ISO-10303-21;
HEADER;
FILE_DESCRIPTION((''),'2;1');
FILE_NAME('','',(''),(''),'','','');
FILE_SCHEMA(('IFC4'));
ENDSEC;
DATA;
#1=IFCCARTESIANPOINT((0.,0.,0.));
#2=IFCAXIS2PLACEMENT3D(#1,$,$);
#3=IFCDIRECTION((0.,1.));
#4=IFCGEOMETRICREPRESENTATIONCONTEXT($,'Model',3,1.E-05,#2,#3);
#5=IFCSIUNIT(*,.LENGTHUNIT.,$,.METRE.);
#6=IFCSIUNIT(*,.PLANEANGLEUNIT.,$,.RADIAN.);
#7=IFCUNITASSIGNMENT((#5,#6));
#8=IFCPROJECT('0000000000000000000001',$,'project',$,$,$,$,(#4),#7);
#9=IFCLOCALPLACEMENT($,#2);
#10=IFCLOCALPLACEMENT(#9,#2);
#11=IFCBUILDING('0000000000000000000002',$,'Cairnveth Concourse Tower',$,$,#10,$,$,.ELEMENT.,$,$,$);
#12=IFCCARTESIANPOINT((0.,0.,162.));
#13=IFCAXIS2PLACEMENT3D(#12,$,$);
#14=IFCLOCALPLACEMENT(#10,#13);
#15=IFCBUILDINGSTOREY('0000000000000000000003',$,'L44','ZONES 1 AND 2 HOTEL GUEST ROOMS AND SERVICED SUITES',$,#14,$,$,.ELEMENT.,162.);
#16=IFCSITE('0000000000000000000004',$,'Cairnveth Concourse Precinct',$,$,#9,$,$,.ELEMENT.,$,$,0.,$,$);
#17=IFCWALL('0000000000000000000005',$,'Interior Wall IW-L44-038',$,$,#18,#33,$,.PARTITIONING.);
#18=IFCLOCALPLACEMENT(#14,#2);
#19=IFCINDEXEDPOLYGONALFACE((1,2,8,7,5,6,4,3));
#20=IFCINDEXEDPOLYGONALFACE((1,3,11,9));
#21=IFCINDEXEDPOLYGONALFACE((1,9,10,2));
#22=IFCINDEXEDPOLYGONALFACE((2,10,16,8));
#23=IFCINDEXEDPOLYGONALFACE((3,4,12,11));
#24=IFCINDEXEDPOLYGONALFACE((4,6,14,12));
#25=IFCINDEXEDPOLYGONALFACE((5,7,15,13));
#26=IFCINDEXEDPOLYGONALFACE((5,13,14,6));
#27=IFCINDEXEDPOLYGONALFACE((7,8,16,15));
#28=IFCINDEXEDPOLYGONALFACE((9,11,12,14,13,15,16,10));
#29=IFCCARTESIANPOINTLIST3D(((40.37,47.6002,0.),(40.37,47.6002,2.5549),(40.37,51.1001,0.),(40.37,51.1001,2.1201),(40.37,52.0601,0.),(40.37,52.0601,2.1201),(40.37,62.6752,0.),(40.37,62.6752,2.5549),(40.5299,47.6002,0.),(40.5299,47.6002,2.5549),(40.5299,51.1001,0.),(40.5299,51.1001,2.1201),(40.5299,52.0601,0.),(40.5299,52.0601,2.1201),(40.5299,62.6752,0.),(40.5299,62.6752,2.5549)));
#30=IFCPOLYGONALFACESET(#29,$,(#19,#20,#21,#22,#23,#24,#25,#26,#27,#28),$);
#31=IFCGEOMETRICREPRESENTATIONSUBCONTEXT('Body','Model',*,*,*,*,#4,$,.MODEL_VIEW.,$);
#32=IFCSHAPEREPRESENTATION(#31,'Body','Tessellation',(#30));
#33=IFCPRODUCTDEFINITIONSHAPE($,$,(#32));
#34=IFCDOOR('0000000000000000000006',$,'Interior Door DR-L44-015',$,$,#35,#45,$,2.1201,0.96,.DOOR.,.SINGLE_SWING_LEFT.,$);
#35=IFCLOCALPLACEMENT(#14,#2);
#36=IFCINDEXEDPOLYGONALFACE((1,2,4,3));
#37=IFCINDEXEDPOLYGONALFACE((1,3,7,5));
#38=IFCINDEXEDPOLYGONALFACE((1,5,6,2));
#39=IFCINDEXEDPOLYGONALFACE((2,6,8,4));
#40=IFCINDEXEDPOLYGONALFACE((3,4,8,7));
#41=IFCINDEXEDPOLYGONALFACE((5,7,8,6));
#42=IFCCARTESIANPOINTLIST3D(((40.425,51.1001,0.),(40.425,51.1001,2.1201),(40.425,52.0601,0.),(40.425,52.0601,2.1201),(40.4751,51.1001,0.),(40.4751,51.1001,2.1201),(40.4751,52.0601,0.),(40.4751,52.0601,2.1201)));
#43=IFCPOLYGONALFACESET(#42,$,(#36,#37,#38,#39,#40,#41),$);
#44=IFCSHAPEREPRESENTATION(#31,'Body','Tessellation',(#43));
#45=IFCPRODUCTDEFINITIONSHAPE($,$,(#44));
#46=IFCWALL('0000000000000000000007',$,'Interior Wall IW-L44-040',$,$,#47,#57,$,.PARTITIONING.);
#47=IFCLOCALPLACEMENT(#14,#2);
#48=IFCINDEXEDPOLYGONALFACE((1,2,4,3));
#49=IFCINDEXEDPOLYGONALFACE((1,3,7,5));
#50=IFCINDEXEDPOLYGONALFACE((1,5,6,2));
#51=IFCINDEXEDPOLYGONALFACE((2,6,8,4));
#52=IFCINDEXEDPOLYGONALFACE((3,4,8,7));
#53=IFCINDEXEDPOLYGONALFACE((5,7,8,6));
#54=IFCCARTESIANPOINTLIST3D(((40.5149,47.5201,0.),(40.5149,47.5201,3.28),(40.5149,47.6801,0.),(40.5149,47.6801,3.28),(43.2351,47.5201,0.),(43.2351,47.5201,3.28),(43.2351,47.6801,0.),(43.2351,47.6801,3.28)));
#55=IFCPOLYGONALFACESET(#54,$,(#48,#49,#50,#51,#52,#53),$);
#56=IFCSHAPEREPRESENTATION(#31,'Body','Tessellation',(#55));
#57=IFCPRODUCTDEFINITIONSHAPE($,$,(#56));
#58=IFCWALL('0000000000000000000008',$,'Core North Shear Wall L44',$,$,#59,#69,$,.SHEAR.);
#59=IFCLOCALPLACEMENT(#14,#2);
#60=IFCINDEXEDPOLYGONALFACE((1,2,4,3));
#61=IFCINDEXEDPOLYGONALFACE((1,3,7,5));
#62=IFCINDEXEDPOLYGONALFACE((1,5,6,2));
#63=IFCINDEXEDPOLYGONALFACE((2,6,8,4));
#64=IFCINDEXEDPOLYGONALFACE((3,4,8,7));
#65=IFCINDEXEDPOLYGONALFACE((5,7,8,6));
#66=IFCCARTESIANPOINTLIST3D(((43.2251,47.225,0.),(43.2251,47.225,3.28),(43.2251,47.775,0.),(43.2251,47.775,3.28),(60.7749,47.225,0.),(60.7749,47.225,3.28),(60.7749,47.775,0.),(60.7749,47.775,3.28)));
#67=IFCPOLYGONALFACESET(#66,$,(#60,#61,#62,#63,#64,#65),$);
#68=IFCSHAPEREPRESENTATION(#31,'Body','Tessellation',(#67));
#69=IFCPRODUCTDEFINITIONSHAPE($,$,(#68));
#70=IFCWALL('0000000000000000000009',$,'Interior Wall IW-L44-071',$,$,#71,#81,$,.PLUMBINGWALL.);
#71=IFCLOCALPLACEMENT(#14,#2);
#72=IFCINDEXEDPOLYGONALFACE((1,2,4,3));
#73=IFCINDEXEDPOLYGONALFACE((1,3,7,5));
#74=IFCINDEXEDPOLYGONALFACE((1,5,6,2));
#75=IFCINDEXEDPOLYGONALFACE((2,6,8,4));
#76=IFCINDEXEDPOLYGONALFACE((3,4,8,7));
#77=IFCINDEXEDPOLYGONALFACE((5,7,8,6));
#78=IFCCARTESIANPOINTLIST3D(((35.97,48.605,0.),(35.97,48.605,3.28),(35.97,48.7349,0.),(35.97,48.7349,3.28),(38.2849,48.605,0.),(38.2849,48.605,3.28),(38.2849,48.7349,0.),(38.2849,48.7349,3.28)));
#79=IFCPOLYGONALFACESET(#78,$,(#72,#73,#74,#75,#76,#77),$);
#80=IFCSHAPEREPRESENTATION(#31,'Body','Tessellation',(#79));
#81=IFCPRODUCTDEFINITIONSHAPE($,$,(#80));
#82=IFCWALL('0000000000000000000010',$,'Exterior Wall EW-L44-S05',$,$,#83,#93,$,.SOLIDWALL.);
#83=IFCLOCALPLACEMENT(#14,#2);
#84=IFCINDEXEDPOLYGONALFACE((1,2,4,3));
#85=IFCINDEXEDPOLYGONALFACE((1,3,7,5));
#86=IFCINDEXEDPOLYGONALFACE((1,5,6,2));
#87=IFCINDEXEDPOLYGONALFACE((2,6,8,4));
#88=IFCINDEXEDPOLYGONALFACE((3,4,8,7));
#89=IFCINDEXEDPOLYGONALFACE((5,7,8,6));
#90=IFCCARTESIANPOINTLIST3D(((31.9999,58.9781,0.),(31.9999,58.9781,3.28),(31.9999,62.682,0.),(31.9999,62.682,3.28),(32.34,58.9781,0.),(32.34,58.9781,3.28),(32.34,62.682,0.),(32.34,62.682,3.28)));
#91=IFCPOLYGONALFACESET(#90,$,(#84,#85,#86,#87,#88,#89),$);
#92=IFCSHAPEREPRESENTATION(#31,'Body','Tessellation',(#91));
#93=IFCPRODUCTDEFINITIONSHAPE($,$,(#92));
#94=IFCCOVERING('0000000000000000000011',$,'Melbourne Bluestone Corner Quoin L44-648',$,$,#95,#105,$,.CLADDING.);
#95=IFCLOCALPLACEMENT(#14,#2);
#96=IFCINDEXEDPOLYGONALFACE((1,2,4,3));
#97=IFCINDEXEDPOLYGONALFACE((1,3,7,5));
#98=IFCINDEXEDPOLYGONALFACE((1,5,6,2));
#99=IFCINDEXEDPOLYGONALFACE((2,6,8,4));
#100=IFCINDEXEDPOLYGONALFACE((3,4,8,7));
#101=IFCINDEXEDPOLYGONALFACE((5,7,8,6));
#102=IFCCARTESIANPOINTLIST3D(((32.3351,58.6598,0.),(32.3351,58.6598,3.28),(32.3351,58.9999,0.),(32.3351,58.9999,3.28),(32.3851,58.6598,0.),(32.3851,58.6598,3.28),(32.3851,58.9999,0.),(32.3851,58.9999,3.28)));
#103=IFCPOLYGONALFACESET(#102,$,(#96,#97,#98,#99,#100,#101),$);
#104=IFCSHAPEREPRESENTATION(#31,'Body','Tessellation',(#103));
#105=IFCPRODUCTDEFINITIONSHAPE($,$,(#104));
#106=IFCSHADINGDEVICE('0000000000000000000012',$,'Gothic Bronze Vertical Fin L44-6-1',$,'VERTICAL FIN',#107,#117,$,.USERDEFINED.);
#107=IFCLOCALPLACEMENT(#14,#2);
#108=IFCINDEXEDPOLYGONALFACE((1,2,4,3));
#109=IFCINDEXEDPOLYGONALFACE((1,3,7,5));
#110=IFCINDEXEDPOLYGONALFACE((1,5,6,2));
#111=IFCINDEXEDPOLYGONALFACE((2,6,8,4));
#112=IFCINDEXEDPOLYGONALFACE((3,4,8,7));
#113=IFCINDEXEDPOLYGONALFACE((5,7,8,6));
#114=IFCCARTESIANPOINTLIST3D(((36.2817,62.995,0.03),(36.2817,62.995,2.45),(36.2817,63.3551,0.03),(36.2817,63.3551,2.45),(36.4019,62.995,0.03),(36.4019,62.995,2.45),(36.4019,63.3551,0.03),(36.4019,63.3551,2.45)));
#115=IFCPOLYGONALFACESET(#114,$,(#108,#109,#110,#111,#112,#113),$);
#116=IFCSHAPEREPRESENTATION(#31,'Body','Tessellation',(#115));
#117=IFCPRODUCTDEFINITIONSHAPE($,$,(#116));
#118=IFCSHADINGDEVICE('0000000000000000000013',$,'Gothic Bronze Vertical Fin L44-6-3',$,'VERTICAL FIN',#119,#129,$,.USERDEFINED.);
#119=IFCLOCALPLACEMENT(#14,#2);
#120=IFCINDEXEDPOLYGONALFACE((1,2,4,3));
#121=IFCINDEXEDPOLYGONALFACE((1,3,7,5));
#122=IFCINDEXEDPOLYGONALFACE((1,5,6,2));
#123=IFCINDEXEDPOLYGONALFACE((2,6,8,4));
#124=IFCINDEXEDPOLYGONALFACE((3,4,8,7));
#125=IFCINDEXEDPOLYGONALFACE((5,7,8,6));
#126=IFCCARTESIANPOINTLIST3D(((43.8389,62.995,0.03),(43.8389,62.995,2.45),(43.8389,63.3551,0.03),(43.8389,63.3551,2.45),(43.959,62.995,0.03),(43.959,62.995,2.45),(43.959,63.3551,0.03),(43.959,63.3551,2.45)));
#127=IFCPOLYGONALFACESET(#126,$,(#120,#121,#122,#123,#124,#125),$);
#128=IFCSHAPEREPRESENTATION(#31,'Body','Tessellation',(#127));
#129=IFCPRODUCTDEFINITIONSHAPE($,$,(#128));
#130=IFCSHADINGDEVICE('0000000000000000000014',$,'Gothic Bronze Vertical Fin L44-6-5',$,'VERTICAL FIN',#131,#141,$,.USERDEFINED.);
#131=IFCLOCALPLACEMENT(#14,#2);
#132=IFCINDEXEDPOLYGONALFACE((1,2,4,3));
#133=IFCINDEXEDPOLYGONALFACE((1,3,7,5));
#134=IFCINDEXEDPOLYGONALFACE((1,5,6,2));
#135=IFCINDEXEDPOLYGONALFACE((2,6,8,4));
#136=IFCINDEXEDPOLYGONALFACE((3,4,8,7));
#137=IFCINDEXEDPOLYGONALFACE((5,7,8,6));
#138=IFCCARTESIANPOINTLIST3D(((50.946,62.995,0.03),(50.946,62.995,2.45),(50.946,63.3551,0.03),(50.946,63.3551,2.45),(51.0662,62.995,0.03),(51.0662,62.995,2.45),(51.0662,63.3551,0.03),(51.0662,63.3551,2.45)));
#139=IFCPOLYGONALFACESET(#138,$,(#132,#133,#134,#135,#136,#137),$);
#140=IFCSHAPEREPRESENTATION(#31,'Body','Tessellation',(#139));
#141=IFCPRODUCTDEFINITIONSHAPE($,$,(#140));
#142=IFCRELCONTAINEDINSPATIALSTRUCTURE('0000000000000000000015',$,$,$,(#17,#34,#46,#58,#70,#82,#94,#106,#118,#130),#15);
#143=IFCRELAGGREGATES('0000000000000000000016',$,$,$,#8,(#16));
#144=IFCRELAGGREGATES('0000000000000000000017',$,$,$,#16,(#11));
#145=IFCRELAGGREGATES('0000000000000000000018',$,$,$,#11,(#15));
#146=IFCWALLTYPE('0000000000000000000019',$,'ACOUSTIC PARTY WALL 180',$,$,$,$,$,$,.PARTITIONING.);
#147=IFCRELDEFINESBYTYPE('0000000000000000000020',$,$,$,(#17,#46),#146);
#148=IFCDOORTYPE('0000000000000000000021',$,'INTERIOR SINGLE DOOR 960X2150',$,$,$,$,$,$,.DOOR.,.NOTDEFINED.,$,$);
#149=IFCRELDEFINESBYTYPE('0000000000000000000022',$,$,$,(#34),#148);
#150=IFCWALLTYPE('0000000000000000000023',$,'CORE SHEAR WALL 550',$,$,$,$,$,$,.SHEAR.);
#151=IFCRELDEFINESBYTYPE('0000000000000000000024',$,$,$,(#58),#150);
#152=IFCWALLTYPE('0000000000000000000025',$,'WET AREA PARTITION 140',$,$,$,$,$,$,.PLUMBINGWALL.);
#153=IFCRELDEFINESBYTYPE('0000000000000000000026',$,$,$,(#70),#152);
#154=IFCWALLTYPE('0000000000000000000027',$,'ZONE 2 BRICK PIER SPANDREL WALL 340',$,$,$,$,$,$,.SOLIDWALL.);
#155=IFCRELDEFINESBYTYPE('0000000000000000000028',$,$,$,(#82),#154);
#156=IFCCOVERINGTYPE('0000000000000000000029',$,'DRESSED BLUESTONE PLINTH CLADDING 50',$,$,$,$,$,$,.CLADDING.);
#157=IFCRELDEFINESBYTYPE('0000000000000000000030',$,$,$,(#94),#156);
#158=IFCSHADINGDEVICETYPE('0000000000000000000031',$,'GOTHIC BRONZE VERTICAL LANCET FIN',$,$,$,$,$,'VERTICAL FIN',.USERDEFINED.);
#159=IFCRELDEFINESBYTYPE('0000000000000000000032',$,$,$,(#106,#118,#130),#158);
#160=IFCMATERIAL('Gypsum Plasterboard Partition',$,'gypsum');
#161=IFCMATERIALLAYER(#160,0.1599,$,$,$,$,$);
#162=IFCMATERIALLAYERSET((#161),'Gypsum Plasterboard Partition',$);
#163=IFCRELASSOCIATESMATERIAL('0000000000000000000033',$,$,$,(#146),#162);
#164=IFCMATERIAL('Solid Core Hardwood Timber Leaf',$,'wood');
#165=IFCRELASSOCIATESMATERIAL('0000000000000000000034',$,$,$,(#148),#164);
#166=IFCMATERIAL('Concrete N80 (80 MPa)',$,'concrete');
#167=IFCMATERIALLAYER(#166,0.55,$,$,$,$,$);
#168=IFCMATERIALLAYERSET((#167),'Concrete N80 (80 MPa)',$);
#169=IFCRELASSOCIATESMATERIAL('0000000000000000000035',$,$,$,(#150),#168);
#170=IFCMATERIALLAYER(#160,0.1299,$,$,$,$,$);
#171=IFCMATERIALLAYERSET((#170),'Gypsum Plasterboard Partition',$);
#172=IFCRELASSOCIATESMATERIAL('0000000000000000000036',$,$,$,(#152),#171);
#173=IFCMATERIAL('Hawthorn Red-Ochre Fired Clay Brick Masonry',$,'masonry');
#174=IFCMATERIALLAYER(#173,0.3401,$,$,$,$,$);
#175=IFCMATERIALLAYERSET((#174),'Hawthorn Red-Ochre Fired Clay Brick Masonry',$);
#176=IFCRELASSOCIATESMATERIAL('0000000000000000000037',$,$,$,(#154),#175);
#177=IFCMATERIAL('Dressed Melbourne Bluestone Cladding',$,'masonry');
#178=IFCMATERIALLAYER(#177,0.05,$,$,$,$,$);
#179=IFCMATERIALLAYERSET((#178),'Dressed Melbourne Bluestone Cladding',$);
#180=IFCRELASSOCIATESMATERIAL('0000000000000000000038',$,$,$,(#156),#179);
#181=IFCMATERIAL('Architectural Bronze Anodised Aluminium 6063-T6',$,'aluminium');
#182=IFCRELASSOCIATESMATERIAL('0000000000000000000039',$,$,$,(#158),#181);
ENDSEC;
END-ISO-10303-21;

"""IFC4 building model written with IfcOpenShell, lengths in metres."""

from ifc_helpers import new_model, si_unit, direction, frame, frame_2d, origin, origin_2d, place, context, subcontext, project, spatial, rectangle, extrude, material, layer, layer_set, type_object, element, fill, save


model = new_model("IFC4")

# Units and contexts
model_context = context("Model", 3, precision=1e-05, world=origin(), true_north=direction((0.0, 1.0)))
body_context = subcontext(model_context, "Body", "Model", "MODEL_VIEW")
ifc_project = project(units=[si_unit("LENGTHUNIT", "METRE"), si_unit("PLANEANGLEUNIT", "RADIAN")], contexts=[model_context])

# Site, building, storey
site_placement = place(None, origin())
site = spatial("IfcSite", under=ifc_project, at=site_placement, Name="Cairnveth Concourse Precinct", CompositionType="ELEMENT", RefElevation=0.0)
building_placement = place(site_placement, origin())
building = spatial("IfcBuilding", under=site, at=building_placement, Name="Cairnveth Concourse Tower", CompositionType="ELEMENT")
storey_placement = place(building_placement, frame((0.0, 0.0, 162.0)))
storey = spatial("IfcBuildingStorey", under=building, at=storey_placement, Name="L44", Description="ZONES 1 AND 2 HOTEL GUEST ROOMS AND SERVICED SUITES", CompositionType="ELEMENT", Elevation=162.0)

# Wall, opening, door
ifc_material_1 = material(Name="Gypsum Plasterboard Partition", Category="gypsum")
ifc_layer_1 = layer(ifc_material_1, 0.1599)
ifc_layer_set_1 = layer_set([ifc_layer_1], Name="Gypsum Plasterboard Partition")
wall_type_1 = type_object("IfcWallType", Name="ACOUSTIC PARTY WALL 180", PredefinedType="PARTITIONING", material=ifc_layer_set_1)
wall_1_placement = place(storey_placement, frame((40.45, 47.6001, 0.0), z_axis=(0.0, 0.0, 1.0), x_axis=(0.0, 1.0, 0.0)))
wall_1 = element("IfcWall", 1, at=wall_1_placement, inside=storey, type_object=wall_type_1, Name="Interior Wall IW-L44-038", PredefinedType="PARTITIONING", context=body_context, shape_type="SweptSolid", body=[
    extrude(rectangle(XDim=15.075, YDim=0.1599, at=frame_2d((7.5376, 0.0))), origin(), (0.0, 0.0, 1.0), 2.5549),
])
opening_placement = place(wall_1_placement, frame((3.5, 0.0, 0.0)))
opening = element("IfcOpeningElement", 2, at=opening_placement, cuts=wall_1, PredefinedType="OPENING", context=body_context, shape_type="SweptSolid", body=[
    extrude(rectangle(XDim=0.96, YDim=2.1201, at=frame_2d((0.48, 1.0601))), frame((0.0, 0.0898, 0.0), z_axis=(0.0, -1.0, 0.0), x_axis=(1.0, 0.0, 0.0)), (0.0, 0.0, 1.0), 0.1799),
])
ifc_material_2 = material(Name="Solid Core Hardwood Timber Leaf", Category="wood")
door_type = type_object("IfcDoorType", Name="INTERIOR SINGLE DOOR 960X2150", OperationType="NOTDEFINED", PredefinedType="DOOR", material=ifc_material_2)
door_placement = place(opening_placement, origin())
door = element("IfcDoor", 3, at=door_placement, inside=storey, type_object=door_type, Name="Interior Door DR-L44-015", OperationType="SINGLE_SWING_LEFT", OverallHeight=2.1201, OverallWidth=0.96, PredefinedType="DOOR", context=body_context, shape_type="SweptSolid", body=[
    extrude(rectangle(XDim=0.96, YDim=2.1201, at=frame_2d((0.48, 1.0601))), frame((0.0, 0.0249, 0.0), z_axis=(0.0, -1.0, 0.0), x_axis=(1.0, 0.0, 0.0)), (0.0, 0.0, 1.0), 0.05),
])
fill(opening, door)

# Walls
wall_2_placement = place(storey_placement, frame((40.5149, 47.6001, 0.0), z_axis=(0.0, 0.0, 1.0), x_axis=(1.0, 0.0, 0.0)))
element("IfcWall", 4, at=wall_2_placement, inside=storey, type_object=wall_type_1, Name="Interior Wall IW-L44-040", PredefinedType="PARTITIONING", context=body_context, shape_type="SweptSolid", body=[
    extrude(rectangle(XDim=2.7202, YDim=0.1599, at=frame_2d((1.3601, 0.0))), origin(), (0.0, 0.0, 1.0), 3.28),
])
ifc_material_3 = material(Name="Concrete N80 (80 MPa)", Category="concrete")
ifc_layer_2 = layer(ifc_material_3, 0.55)
ifc_layer_set_2 = layer_set([ifc_layer_2], Name="Concrete N80 (80 MPa)")
wall_type_2 = type_object("IfcWallType", Name="CORE SHEAR WALL 550", PredefinedType="SHEAR", material=ifc_layer_set_2)
wall_3_placement = place(storey_placement, frame((43.2251, 47.5, 0.0), z_axis=(0.0, 0.0, 1.0), x_axis=(1.0, 0.0, 0.0)))
element("IfcWall", 5, at=wall_3_placement, inside=storey, type_object=wall_type_2, Name="Core North Shear Wall L44", PredefinedType="SHEAR", context=body_context, shape_type="SweptSolid", body=[
    extrude(rectangle(XDim=17.5498, YDim=0.55, at=frame_2d((8.7749, 0.0))), origin(), (0.0, 0.0, 1.0), 3.28),
])
ifc_layer_3 = layer(ifc_material_1, 0.1299)
ifc_layer_set_3 = layer_set([ifc_layer_3], Name="Gypsum Plasterboard Partition")
wall_type_3 = type_object("IfcWallType", Name="WET AREA PARTITION 140", PredefinedType="PLUMBINGWALL", material=ifc_layer_set_3)
wall_4_placement = place(storey_placement, frame((35.97, 48.6699, 0.0), z_axis=(0.0, 0.0, 1.0), x_axis=(1.0, 0.0, 0.0)))
element("IfcWall", 6, at=wall_4_placement, inside=storey, type_object=wall_type_3, Name="Interior Wall IW-L44-071", PredefinedType="PLUMBINGWALL", context=body_context, shape_type="SweptSolid", body=[
    extrude(rectangle(XDim=2.3149, YDim=0.1299, at=frame_2d((1.1575, 0.0))), origin(), (0.0, 0.0, 1.0), 3.28),
])
ifc_material_4 = material(Name="Hawthorn Red-Ochre Fired Clay Brick Masonry", Category="masonry")
ifc_layer_4 = layer(ifc_material_4, 0.3401)
ifc_layer_set_4 = layer_set([ifc_layer_4], Name="Hawthorn Red-Ochre Fired Clay Brick Masonry")
wall_type_4 = type_object("IfcWallType", Name="ZONE 2 BRICK PIER SPANDREL WALL 340", PredefinedType="SOLIDWALL", material=ifc_layer_set_4)
wall_5_placement = place(storey_placement, frame((32.1699, 58.978, 0.0), z_axis=(0.0, 0.0, 1.0), x_axis=(0.0, 1.0, 0.0)))
element("IfcWall", 7, at=wall_5_placement, inside=storey, type_object=wall_type_4, Name="Exterior Wall EW-L44-S05", PredefinedType="SOLIDWALL", context=body_context, shape_type="SweptSolid", body=[
    extrude(rectangle(XDim=3.7039, YDim=0.3401, at=frame_2d((1.8521, 0.0))), origin(), (0.0, 0.0, 1.0), 3.28),
])

# Covering
ifc_material_5 = material(Name="Dressed Melbourne Bluestone Cladding", Category="masonry")
ifc_layer_5 = layer(ifc_material_5, 0.05)
ifc_layer_set_5 = layer_set([ifc_layer_5], Name="Dressed Melbourne Bluestone Cladding")
covering_type = type_object("IfcCoveringType", Name="DRESSED BLUESTONE PLINTH CLADDING 50", PredefinedType="CLADDING", material=ifc_layer_set_5)
covering_placement = place(storey_placement, frame((32.3601, 58.6599, 0.0), z_axis=(0.0, 0.0, 1.0), x_axis=(0.0, 1.0, 0.0)))
element("IfcCovering", 8, at=covering_placement, inside=storey, type_object=covering_type, Name="Melbourne Bluestone Corner Quoin L44-648", PredefinedType="CLADDING", context=body_context, shape_type="SweptSolid", body=[
    extrude(rectangle(XDim=0.3401, YDim=0.05, at=frame_2d((0.1699, 0.0))), origin(), (0.0, 0.0, 1.0), 3.28),
])

# Shading devices
ifc_material_6 = material(Name="Architectural Bronze Anodised Aluminium 6063-T6", Category="aluminium")
shading_device_type = type_object("IfcShadingDeviceType", Name="GOTHIC BRONZE VERTICAL LANCET FIN", ElementType="VERTICAL FIN", PredefinedType="USERDEFINED", material=ifc_material_6)
for number, where, z_axis, x_axis, name in (
    (9, (36.3418, 63.175, 0.03), (0.0, 0.0, 1.0), (1.0, 0.0, 0.0), "Gothic Bronze Vertical Fin L44-6-1"),
    (10, (43.8989, 63.175, 0.03), (0.0, 0.0, 1.0), (1.0, 0.0, 0.0), "Gothic Bronze Vertical Fin L44-6-3"),
    (11, (51.0061, 63.175, 0.03), (0.0, 0.0, 1.0), (1.0, 0.0, 0.0), "Gothic Bronze Vertical Fin L44-6-5"),
):
    element("IfcShadingDevice", number, at=place(storey_placement, frame(where, z_axis=z_axis, x_axis=x_axis)), inside=storey, type_object=shading_device_type, Name=name, ObjectType="VERTICAL FIN", PredefinedType="USERDEFINED", context=body_context, shape_type="SweptSolid", body=[
        extrude(rectangle(XDim=0.1201, YDim=0.3601, at=origin_2d()), origin(), (0.0, 0.0, 1.0), 2.4199),
    ])

save(model, "model.ifc")
